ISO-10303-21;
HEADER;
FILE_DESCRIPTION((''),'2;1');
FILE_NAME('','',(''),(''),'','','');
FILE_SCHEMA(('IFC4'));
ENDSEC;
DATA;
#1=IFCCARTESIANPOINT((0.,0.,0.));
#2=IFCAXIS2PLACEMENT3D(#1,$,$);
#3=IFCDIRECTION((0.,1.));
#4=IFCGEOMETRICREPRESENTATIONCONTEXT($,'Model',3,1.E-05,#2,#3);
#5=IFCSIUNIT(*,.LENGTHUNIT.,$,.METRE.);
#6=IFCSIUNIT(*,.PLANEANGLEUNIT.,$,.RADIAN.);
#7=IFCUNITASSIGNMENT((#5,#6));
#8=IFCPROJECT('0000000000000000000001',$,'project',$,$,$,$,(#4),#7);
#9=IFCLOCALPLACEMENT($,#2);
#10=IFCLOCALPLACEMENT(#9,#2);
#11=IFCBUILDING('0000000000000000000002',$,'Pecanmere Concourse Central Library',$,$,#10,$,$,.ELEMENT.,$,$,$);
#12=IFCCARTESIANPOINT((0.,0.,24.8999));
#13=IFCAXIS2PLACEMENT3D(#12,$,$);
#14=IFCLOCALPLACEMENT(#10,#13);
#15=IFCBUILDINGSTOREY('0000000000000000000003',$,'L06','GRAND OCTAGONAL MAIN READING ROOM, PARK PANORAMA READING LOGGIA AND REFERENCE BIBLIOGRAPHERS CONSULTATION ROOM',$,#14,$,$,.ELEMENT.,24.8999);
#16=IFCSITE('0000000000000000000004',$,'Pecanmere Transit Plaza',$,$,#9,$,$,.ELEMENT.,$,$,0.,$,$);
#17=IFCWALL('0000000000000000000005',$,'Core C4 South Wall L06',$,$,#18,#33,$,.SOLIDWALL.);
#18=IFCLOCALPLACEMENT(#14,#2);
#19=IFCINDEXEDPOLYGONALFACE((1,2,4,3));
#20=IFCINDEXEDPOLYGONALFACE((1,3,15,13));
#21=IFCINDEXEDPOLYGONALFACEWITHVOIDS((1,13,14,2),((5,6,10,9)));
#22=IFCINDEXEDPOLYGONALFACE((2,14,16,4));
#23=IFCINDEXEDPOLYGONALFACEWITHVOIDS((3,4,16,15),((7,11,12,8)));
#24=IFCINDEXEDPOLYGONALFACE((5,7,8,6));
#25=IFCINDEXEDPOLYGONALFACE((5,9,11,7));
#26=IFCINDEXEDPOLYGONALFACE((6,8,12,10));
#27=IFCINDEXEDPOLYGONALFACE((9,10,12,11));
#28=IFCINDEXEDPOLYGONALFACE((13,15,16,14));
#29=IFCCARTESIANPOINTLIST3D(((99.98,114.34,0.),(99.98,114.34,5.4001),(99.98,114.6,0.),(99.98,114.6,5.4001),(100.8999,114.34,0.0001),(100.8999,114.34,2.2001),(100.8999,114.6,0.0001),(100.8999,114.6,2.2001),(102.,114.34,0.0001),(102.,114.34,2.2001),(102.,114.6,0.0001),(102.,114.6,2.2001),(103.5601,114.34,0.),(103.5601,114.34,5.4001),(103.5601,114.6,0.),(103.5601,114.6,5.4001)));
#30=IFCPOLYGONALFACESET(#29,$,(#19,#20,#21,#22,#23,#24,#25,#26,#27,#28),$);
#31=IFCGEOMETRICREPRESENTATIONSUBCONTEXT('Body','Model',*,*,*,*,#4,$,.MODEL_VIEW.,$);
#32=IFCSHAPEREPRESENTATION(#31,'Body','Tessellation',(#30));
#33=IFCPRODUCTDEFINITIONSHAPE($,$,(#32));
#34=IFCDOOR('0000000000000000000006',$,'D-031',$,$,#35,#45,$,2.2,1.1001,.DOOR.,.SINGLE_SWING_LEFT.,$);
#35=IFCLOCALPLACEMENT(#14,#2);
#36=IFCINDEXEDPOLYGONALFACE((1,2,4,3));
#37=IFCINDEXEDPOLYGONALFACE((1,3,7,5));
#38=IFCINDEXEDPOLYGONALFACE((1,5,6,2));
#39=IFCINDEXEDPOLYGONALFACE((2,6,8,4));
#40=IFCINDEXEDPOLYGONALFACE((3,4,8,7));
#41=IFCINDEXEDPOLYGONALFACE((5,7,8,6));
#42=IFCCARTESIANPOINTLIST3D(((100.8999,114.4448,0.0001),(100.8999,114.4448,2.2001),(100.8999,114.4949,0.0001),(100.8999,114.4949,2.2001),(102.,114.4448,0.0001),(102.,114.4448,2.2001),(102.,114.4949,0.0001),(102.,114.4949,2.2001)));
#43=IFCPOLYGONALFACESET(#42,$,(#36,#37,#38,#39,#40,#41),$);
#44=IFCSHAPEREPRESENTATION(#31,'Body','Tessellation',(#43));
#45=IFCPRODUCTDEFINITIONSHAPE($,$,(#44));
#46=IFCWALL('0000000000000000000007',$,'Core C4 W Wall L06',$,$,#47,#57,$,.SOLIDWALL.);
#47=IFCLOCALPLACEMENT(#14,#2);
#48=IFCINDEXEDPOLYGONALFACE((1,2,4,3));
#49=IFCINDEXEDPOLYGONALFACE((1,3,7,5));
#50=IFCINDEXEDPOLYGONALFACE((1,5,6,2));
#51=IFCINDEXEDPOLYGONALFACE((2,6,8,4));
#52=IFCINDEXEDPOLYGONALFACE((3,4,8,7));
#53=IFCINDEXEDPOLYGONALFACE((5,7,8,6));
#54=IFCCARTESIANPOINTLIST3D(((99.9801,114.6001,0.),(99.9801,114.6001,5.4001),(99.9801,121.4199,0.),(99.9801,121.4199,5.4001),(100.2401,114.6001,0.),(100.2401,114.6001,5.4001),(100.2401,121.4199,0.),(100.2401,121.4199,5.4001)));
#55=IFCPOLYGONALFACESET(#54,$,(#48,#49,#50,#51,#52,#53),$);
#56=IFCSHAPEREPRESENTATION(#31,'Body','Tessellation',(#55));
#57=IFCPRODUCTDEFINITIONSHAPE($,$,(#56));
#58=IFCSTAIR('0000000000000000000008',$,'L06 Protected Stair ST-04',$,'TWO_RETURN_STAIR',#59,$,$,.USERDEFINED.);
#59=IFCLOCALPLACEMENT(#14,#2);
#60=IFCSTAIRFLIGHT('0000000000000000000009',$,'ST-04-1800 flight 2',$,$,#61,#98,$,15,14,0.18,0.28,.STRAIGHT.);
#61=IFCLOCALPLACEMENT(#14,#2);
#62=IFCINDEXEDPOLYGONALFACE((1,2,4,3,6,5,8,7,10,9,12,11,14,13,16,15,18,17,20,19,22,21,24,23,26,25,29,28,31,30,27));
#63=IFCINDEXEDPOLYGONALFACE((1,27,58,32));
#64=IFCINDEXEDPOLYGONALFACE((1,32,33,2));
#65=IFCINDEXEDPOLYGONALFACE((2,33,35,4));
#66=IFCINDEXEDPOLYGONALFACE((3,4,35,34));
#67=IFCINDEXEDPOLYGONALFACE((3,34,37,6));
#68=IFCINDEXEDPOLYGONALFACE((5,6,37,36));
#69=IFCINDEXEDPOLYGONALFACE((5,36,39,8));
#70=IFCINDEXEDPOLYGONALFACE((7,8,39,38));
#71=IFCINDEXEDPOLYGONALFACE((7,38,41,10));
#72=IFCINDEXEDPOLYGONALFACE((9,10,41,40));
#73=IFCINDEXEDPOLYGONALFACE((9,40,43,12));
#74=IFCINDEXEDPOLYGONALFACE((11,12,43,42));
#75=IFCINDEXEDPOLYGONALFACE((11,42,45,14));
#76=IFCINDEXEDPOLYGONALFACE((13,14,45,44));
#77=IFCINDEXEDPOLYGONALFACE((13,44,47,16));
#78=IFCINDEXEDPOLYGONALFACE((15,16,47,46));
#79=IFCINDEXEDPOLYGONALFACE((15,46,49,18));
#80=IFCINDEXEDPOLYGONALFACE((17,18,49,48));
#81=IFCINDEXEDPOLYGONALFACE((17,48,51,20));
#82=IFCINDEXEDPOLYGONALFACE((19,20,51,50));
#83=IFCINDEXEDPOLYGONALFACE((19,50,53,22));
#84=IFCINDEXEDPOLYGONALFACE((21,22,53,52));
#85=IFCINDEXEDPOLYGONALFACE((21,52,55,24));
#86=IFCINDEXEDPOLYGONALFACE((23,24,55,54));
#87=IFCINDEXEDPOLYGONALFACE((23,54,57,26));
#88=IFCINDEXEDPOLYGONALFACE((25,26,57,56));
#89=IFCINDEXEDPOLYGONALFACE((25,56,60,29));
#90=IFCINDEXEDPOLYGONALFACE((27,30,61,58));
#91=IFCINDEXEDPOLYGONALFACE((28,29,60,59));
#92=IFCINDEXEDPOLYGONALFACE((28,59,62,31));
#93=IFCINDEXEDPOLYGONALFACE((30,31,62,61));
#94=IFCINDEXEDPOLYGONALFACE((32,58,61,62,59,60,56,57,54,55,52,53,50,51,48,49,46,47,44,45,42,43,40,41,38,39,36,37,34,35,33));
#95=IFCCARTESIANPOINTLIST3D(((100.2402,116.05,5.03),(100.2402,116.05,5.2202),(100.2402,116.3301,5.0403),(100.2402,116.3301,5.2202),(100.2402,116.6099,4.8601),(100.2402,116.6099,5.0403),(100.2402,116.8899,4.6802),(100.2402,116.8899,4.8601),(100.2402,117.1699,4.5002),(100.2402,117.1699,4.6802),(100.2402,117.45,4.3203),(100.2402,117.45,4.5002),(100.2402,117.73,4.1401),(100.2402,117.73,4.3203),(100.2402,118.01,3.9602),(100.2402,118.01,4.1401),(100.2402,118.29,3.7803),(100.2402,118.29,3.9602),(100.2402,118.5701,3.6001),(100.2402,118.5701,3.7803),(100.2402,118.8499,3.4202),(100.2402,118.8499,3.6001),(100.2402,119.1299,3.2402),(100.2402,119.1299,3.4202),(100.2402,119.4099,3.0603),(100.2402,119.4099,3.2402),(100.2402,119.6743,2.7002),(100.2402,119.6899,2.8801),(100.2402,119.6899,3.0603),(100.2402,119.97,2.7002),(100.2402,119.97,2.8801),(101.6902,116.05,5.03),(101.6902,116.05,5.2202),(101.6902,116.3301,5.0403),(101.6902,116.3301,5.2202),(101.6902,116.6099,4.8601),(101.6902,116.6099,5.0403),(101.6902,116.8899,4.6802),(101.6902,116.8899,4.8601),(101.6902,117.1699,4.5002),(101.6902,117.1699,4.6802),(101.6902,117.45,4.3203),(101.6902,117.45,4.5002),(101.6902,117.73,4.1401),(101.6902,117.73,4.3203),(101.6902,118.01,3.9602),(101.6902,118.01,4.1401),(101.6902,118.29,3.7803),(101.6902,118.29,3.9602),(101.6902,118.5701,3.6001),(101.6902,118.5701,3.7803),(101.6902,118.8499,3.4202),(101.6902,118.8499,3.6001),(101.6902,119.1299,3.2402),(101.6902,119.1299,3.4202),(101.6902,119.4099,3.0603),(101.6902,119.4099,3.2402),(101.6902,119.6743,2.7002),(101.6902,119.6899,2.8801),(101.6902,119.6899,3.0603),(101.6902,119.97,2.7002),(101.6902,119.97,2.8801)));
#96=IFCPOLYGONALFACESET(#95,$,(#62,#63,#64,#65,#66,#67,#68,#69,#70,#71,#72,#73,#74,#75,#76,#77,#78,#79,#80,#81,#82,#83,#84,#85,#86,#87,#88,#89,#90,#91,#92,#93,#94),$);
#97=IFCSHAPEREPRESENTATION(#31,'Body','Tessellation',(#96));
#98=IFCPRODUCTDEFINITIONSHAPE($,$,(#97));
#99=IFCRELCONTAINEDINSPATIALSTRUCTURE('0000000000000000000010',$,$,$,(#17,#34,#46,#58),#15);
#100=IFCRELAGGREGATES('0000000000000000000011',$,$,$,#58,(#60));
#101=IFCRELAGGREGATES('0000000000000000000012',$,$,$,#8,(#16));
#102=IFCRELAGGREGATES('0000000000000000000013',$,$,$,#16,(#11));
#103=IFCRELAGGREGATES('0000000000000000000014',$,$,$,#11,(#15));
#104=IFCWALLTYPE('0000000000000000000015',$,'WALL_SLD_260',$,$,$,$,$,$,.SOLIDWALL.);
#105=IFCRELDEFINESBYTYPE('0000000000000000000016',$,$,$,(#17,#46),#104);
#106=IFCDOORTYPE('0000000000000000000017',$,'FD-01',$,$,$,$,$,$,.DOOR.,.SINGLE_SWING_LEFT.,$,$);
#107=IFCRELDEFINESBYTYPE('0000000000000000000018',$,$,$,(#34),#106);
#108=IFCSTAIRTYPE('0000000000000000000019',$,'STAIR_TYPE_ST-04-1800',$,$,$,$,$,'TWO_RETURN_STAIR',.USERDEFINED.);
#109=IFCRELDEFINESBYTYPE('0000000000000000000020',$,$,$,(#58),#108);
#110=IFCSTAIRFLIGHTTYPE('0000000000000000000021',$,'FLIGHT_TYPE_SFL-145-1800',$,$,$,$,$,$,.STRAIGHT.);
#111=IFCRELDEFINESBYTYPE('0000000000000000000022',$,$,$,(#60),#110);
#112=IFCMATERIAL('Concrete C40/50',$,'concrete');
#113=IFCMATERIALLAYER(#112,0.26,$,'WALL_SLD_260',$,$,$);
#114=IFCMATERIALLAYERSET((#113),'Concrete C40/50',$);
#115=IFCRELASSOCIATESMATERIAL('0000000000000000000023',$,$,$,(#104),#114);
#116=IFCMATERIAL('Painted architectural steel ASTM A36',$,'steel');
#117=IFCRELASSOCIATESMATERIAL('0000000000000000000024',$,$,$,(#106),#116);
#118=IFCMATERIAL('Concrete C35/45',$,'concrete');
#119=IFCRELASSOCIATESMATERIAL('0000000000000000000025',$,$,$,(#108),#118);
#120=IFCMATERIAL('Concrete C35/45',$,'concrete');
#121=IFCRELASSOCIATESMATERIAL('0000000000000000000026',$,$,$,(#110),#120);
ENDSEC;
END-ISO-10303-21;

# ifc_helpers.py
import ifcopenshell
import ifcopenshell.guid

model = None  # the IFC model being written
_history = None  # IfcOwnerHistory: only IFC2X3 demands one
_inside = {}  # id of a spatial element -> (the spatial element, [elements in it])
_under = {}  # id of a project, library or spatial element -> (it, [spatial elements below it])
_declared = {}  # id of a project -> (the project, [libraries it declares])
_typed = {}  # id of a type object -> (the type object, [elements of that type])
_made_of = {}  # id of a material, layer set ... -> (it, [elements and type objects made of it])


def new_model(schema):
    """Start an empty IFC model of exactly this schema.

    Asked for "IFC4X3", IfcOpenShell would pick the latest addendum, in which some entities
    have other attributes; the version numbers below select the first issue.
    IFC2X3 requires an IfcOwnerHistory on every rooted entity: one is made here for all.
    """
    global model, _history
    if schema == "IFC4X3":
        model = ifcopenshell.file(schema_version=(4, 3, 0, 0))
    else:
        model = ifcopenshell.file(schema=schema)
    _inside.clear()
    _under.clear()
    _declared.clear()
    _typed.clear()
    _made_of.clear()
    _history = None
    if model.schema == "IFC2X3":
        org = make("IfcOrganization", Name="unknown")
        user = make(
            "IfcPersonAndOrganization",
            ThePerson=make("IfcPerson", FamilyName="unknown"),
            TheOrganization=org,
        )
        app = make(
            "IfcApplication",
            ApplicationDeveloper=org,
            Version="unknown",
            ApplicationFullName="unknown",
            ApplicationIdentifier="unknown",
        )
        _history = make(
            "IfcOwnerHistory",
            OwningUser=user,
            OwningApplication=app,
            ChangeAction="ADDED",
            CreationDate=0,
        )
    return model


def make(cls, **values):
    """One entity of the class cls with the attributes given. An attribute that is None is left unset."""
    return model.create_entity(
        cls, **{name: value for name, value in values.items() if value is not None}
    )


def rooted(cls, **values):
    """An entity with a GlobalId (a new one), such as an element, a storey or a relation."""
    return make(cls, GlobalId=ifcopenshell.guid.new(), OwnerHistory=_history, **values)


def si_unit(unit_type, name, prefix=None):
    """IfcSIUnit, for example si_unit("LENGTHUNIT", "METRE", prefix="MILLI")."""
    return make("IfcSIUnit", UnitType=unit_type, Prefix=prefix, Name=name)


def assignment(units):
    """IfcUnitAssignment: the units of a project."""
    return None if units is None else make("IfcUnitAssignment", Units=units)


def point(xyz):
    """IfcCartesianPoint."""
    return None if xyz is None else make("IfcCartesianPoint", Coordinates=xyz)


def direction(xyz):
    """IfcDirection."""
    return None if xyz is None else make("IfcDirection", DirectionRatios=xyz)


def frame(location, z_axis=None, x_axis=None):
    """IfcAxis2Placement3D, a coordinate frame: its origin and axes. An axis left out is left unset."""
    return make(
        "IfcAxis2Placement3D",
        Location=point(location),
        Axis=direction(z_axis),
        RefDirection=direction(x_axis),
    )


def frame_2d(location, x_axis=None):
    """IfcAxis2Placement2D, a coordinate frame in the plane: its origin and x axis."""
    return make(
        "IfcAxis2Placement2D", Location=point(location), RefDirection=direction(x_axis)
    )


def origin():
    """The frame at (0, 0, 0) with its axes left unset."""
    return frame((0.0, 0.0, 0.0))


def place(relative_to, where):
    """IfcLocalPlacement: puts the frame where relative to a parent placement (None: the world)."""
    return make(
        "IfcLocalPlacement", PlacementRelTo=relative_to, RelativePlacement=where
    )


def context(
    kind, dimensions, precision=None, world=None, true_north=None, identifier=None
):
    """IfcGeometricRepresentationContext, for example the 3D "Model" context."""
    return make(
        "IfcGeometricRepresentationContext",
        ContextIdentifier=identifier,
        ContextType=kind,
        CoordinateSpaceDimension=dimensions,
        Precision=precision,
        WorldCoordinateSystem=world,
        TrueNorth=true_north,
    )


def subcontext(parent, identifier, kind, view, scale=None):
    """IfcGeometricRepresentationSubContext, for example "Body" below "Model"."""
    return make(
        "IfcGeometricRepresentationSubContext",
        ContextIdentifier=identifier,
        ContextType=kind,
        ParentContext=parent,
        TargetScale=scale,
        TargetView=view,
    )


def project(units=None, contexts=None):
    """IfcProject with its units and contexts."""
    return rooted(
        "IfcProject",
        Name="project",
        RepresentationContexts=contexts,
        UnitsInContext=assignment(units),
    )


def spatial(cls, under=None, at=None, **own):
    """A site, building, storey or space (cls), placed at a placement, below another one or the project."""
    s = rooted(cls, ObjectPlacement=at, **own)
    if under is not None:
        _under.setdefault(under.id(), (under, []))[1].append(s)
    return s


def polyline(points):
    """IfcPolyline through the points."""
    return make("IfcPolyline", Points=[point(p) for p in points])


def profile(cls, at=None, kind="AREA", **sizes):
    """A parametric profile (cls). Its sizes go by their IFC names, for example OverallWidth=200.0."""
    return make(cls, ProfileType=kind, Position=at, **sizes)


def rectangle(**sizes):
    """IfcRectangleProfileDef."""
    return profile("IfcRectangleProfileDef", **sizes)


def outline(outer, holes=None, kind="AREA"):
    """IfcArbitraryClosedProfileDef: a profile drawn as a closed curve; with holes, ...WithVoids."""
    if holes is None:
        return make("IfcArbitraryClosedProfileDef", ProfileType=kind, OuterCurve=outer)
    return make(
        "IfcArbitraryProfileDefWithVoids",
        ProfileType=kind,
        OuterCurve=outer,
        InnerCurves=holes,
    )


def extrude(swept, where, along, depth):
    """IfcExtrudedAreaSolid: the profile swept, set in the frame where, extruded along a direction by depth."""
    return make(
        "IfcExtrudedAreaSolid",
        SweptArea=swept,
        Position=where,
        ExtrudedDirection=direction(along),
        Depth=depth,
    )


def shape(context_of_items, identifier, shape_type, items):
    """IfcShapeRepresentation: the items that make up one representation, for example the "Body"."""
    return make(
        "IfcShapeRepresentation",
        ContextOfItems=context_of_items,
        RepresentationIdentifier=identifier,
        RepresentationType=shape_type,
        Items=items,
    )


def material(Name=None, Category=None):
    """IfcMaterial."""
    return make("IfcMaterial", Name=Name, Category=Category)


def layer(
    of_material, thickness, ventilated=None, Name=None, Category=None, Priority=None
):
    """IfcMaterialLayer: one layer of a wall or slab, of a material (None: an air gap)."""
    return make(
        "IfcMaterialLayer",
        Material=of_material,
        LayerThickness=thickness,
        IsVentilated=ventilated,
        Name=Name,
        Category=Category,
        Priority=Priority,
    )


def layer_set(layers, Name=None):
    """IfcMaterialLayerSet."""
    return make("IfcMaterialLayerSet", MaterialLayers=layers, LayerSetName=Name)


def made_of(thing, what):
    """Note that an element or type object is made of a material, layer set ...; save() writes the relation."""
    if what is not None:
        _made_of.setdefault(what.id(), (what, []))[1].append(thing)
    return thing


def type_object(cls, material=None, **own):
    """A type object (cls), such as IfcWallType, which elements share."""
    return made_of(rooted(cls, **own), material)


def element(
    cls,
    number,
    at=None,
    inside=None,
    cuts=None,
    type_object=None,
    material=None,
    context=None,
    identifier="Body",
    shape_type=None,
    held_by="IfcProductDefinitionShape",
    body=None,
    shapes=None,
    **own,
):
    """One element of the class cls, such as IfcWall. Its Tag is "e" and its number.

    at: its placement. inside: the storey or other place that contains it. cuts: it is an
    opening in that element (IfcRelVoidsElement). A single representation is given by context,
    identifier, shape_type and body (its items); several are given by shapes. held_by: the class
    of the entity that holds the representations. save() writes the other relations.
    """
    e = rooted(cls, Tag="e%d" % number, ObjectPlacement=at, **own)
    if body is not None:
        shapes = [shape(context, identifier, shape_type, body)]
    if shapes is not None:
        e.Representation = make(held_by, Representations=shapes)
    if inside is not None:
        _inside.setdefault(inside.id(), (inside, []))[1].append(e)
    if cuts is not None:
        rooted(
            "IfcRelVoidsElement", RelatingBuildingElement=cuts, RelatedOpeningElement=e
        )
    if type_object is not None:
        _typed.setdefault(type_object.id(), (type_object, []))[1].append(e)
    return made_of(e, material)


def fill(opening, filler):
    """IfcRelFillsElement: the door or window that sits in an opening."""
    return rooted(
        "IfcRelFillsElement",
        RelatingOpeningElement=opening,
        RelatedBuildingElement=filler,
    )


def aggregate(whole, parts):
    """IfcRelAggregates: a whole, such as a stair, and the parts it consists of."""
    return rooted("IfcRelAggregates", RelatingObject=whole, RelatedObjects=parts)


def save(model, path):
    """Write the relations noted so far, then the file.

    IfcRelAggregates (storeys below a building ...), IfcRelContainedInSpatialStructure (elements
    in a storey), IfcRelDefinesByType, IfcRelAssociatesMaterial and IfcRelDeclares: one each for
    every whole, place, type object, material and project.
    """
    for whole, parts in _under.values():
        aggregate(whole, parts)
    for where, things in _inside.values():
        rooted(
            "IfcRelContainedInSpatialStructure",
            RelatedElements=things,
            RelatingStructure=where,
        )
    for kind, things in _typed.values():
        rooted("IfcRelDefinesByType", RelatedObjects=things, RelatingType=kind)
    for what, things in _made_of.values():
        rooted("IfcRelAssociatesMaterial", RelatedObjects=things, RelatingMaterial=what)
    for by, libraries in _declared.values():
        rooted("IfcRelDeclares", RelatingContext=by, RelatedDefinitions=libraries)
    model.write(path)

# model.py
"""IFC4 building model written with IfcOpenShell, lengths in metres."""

from ifc_helpers import new_model, si_unit, direction, frame, frame_2d, origin, place, context, subcontext, project, spatial, polyline, rectangle, outline, extrude, material, layer, layer_set, type_object, element, fill, aggregate, save


model = new_model("IFC4")

# Units and contexts
model_context = context("Model", 3, precision=1e-05, world=origin(), true_north=direction((0.0, 1.0)))
body_context = subcontext(model_context, "Body", "Model", "MODEL_VIEW")
ifc_project = project(units=[si_unit("LENGTHUNIT", "METRE"), si_unit("PLANEANGLEUNIT", "RADIAN")], contexts=[model_context])

# Site, building, storey
site_placement = place(None, origin())
site = spatial("IfcSite", under=ifc_project, at=site_placement, Name="Pecanmere Transit Plaza", CompositionType="ELEMENT", RefElevation=0.0)
building_placement = place(site_placement, origin())
building = spatial("IfcBuilding", under=site, at=building_placement, Name="Pecanmere Concourse Central Library", CompositionType="ELEMENT")
storey_placement = place(building_placement, frame((0.0, 0.0, 24.8999)))
storey = spatial("IfcBuildingStorey", under=building, at=storey_placement, Name="L06", Description="GRAND OCTAGONAL MAIN READING ROOM, PARK PANORAMA READING LOGGIA AND REFERENCE BIBLIOGRAPHERS CONSULTATION ROOM", CompositionType="ELEMENT", Elevation=24.8999)

# Wall, opening, door
ifc_material_1 = material(Name="Concrete C40/50", Category="concrete")
ifc_layer_1 = layer(ifc_material_1, 0.26, Name="WALL_SLD_260")
ifc_layer_set_1 = layer_set([ifc_layer_1], Name="Concrete C40/50")
wall_type_1 = type_object("IfcWallType", Name="WALL_SLD_260", PredefinedType="SOLIDWALL", material=ifc_layer_set_1)
wall_1_placement = place(storey_placement, frame((99.98, 114.47, 0.0), z_axis=(0.0, 0.0, 1.0), x_axis=(1.0, 0.0, 0.0)))
wall_1 = element("IfcWall", 1, at=wall_1_placement, inside=storey, type_object=wall_type_1, Name="Core C4 South Wall L06", PredefinedType="SOLIDWALL", context=body_context, shape_type="SweptSolid", body=[
    extrude(rectangle(XDim=3.5801, YDim=0.26, at=frame_2d((1.79, 0.0))), origin(), (0.0, 0.0, 1.0), 5.4001),
])
opening_1_placement = place(wall_1_placement, frame((0.9199, 0.0, 0.0)))
opening_1 = element("IfcOpeningElement", 2, at=opening_1_placement, cuts=wall_1, PredefinedType="OPENING", context=body_context, shape_type="SweptSolid", body=[
    extrude(rectangle(XDim=1.1001, YDim=2.2, at=frame_2d((0.55, 1.1001))), frame((0.0, 0.1421, 0.0), z_axis=(0.0, -1.0, 0.0), x_axis=(1.0, 0.0, 0.0)), (0.0, 0.0, 1.0), 0.2839),
])
ifc_material_2 = material(Name="Painted architectural steel ASTM A36", Category="steel")
door_type_1 = type_object("IfcDoorType", Name="FD-01", OperationType="SINGLE_SWING_LEFT", PredefinedType="DOOR", material=ifc_material_2)
door_1_placement = place(opening_1_placement, origin())
door_1 = element("IfcDoor", 3, at=door_1_placement, inside=storey, type_object=door_type_1, Name="D-031", OperationType="SINGLE_SWING_LEFT", OverallHeight=2.2, OverallWidth=1.1001, PredefinedType="DOOR", context=body_context, shape_type="SweptSolid", body=[
    extrude(rectangle(XDim=1.1001, YDim=2.2, at=frame_2d((0.55, 1.1001))), frame((0.0, 0.0249, 0.0), z_axis=(0.0, -1.0, 0.0), x_axis=(1.0, 0.0, 0.0)), (0.0, 0.0, 1.0), 0.05),
])
fill(opening_1, door_1)

# Wall
wall_2_placement = place(storey_placement, frame((100.1101, 114.6001, 0.0), z_axis=(0.0, 0.0, 1.0), x_axis=(0.0, 1.0, 0.0)))
element("IfcWall", 4, at=wall_2_placement, inside=storey, type_object=wall_type_1, Name="Core C4 W Wall L06", PredefinedType="SOLIDWALL", context=body_context, shape_type="SweptSolid", body=[
    extrude(rectangle(XDim=6.8198, YDim=0.26, at=frame_2d((3.4099, 0.0))), origin(), (0.0, 0.0, 1.0), 5.4001),
])

# Stair, stair flight
ifc_material_3 = material(Name="Concrete C35/45", Category="concrete")
stair_type = type_object("IfcStairType", Name="STAIR_TYPE_ST-04-1800", ElementType="TWO_RETURN_STAIR", PredefinedType="USERDEFINED", material=ifc_material_3)
stair_placement = place(storey_placement, origin())
stair = element("IfcStair", 5, at=stair_placement, inside=storey, type_object=stair_type, Name="L06 Protected Stair ST-04", ObjectType="TWO_RETURN_STAIR", PredefinedType="USERDEFINED")
ifc_material_4 = material(Name="Concrete C35/45", Category="concrete")
stair_flight_type = type_object("IfcStairFlightType", Name="FLIGHT_TYPE_SFL-145-1800", PredefinedType="STRAIGHT", material=ifc_material_4)
stair_flight_placement = place(storey_placement, frame((100.9651, 119.97, 2.7002), z_axis=(0.0, 0.0, 1.0), x_axis=(0.0, -1.0, 0.0)))
stair_flight = element("IfcStairFlight", 6, at=stair_flight_placement, type_object=stair_flight_type, Name="ST-04-1800 flight 2", NumberOfRisers=15, NumberOfTreads=14, PredefinedType="STRAIGHT", RiserHeight=0.18, TreadLength=0.28, context=body_context, shape_type="SweptSolid", body=[
    extrude(outline(polyline([(0.0, 0.0), (0.0, 0.1799), (0.28, 0.1799), (0.28, 0.3601), (0.5601, 0.3601), (0.5601, 0.54), (0.8401, 0.54), (0.8401, 0.72), (1.1201, 0.72), (1.1201, 0.8999), (1.3999, 0.8999), (1.3999, 1.0801), (1.6799, 1.0801), (1.6799, 1.26), (1.96, 1.26), (1.96, 1.4399), (2.24, 1.4399), (2.24, 1.6201), (2.52, 1.6201), (2.52, 1.8), (2.8, 1.8), (2.8, 1.98), (3.0801, 1.98), (3.0801, 2.1599), (3.3601, 2.1599), (3.3601, 2.3401), (3.6399, 2.3401), (3.6399, 2.52), (3.9199, 2.52), (3.9199, 2.7), (3.9199, 2.3298), (0.2957, 0.0), (0.0, 0.0)])), frame((0.0, 0.7251, 0.0), z_axis=(0.0, -1.0, 0.0), x_axis=(1.0, 0.0, 0.0)), (0.0, 0.0, 1.0), 1.45),
])
aggregate(stair, [stair_flight])

save(model, "model.ifc")
